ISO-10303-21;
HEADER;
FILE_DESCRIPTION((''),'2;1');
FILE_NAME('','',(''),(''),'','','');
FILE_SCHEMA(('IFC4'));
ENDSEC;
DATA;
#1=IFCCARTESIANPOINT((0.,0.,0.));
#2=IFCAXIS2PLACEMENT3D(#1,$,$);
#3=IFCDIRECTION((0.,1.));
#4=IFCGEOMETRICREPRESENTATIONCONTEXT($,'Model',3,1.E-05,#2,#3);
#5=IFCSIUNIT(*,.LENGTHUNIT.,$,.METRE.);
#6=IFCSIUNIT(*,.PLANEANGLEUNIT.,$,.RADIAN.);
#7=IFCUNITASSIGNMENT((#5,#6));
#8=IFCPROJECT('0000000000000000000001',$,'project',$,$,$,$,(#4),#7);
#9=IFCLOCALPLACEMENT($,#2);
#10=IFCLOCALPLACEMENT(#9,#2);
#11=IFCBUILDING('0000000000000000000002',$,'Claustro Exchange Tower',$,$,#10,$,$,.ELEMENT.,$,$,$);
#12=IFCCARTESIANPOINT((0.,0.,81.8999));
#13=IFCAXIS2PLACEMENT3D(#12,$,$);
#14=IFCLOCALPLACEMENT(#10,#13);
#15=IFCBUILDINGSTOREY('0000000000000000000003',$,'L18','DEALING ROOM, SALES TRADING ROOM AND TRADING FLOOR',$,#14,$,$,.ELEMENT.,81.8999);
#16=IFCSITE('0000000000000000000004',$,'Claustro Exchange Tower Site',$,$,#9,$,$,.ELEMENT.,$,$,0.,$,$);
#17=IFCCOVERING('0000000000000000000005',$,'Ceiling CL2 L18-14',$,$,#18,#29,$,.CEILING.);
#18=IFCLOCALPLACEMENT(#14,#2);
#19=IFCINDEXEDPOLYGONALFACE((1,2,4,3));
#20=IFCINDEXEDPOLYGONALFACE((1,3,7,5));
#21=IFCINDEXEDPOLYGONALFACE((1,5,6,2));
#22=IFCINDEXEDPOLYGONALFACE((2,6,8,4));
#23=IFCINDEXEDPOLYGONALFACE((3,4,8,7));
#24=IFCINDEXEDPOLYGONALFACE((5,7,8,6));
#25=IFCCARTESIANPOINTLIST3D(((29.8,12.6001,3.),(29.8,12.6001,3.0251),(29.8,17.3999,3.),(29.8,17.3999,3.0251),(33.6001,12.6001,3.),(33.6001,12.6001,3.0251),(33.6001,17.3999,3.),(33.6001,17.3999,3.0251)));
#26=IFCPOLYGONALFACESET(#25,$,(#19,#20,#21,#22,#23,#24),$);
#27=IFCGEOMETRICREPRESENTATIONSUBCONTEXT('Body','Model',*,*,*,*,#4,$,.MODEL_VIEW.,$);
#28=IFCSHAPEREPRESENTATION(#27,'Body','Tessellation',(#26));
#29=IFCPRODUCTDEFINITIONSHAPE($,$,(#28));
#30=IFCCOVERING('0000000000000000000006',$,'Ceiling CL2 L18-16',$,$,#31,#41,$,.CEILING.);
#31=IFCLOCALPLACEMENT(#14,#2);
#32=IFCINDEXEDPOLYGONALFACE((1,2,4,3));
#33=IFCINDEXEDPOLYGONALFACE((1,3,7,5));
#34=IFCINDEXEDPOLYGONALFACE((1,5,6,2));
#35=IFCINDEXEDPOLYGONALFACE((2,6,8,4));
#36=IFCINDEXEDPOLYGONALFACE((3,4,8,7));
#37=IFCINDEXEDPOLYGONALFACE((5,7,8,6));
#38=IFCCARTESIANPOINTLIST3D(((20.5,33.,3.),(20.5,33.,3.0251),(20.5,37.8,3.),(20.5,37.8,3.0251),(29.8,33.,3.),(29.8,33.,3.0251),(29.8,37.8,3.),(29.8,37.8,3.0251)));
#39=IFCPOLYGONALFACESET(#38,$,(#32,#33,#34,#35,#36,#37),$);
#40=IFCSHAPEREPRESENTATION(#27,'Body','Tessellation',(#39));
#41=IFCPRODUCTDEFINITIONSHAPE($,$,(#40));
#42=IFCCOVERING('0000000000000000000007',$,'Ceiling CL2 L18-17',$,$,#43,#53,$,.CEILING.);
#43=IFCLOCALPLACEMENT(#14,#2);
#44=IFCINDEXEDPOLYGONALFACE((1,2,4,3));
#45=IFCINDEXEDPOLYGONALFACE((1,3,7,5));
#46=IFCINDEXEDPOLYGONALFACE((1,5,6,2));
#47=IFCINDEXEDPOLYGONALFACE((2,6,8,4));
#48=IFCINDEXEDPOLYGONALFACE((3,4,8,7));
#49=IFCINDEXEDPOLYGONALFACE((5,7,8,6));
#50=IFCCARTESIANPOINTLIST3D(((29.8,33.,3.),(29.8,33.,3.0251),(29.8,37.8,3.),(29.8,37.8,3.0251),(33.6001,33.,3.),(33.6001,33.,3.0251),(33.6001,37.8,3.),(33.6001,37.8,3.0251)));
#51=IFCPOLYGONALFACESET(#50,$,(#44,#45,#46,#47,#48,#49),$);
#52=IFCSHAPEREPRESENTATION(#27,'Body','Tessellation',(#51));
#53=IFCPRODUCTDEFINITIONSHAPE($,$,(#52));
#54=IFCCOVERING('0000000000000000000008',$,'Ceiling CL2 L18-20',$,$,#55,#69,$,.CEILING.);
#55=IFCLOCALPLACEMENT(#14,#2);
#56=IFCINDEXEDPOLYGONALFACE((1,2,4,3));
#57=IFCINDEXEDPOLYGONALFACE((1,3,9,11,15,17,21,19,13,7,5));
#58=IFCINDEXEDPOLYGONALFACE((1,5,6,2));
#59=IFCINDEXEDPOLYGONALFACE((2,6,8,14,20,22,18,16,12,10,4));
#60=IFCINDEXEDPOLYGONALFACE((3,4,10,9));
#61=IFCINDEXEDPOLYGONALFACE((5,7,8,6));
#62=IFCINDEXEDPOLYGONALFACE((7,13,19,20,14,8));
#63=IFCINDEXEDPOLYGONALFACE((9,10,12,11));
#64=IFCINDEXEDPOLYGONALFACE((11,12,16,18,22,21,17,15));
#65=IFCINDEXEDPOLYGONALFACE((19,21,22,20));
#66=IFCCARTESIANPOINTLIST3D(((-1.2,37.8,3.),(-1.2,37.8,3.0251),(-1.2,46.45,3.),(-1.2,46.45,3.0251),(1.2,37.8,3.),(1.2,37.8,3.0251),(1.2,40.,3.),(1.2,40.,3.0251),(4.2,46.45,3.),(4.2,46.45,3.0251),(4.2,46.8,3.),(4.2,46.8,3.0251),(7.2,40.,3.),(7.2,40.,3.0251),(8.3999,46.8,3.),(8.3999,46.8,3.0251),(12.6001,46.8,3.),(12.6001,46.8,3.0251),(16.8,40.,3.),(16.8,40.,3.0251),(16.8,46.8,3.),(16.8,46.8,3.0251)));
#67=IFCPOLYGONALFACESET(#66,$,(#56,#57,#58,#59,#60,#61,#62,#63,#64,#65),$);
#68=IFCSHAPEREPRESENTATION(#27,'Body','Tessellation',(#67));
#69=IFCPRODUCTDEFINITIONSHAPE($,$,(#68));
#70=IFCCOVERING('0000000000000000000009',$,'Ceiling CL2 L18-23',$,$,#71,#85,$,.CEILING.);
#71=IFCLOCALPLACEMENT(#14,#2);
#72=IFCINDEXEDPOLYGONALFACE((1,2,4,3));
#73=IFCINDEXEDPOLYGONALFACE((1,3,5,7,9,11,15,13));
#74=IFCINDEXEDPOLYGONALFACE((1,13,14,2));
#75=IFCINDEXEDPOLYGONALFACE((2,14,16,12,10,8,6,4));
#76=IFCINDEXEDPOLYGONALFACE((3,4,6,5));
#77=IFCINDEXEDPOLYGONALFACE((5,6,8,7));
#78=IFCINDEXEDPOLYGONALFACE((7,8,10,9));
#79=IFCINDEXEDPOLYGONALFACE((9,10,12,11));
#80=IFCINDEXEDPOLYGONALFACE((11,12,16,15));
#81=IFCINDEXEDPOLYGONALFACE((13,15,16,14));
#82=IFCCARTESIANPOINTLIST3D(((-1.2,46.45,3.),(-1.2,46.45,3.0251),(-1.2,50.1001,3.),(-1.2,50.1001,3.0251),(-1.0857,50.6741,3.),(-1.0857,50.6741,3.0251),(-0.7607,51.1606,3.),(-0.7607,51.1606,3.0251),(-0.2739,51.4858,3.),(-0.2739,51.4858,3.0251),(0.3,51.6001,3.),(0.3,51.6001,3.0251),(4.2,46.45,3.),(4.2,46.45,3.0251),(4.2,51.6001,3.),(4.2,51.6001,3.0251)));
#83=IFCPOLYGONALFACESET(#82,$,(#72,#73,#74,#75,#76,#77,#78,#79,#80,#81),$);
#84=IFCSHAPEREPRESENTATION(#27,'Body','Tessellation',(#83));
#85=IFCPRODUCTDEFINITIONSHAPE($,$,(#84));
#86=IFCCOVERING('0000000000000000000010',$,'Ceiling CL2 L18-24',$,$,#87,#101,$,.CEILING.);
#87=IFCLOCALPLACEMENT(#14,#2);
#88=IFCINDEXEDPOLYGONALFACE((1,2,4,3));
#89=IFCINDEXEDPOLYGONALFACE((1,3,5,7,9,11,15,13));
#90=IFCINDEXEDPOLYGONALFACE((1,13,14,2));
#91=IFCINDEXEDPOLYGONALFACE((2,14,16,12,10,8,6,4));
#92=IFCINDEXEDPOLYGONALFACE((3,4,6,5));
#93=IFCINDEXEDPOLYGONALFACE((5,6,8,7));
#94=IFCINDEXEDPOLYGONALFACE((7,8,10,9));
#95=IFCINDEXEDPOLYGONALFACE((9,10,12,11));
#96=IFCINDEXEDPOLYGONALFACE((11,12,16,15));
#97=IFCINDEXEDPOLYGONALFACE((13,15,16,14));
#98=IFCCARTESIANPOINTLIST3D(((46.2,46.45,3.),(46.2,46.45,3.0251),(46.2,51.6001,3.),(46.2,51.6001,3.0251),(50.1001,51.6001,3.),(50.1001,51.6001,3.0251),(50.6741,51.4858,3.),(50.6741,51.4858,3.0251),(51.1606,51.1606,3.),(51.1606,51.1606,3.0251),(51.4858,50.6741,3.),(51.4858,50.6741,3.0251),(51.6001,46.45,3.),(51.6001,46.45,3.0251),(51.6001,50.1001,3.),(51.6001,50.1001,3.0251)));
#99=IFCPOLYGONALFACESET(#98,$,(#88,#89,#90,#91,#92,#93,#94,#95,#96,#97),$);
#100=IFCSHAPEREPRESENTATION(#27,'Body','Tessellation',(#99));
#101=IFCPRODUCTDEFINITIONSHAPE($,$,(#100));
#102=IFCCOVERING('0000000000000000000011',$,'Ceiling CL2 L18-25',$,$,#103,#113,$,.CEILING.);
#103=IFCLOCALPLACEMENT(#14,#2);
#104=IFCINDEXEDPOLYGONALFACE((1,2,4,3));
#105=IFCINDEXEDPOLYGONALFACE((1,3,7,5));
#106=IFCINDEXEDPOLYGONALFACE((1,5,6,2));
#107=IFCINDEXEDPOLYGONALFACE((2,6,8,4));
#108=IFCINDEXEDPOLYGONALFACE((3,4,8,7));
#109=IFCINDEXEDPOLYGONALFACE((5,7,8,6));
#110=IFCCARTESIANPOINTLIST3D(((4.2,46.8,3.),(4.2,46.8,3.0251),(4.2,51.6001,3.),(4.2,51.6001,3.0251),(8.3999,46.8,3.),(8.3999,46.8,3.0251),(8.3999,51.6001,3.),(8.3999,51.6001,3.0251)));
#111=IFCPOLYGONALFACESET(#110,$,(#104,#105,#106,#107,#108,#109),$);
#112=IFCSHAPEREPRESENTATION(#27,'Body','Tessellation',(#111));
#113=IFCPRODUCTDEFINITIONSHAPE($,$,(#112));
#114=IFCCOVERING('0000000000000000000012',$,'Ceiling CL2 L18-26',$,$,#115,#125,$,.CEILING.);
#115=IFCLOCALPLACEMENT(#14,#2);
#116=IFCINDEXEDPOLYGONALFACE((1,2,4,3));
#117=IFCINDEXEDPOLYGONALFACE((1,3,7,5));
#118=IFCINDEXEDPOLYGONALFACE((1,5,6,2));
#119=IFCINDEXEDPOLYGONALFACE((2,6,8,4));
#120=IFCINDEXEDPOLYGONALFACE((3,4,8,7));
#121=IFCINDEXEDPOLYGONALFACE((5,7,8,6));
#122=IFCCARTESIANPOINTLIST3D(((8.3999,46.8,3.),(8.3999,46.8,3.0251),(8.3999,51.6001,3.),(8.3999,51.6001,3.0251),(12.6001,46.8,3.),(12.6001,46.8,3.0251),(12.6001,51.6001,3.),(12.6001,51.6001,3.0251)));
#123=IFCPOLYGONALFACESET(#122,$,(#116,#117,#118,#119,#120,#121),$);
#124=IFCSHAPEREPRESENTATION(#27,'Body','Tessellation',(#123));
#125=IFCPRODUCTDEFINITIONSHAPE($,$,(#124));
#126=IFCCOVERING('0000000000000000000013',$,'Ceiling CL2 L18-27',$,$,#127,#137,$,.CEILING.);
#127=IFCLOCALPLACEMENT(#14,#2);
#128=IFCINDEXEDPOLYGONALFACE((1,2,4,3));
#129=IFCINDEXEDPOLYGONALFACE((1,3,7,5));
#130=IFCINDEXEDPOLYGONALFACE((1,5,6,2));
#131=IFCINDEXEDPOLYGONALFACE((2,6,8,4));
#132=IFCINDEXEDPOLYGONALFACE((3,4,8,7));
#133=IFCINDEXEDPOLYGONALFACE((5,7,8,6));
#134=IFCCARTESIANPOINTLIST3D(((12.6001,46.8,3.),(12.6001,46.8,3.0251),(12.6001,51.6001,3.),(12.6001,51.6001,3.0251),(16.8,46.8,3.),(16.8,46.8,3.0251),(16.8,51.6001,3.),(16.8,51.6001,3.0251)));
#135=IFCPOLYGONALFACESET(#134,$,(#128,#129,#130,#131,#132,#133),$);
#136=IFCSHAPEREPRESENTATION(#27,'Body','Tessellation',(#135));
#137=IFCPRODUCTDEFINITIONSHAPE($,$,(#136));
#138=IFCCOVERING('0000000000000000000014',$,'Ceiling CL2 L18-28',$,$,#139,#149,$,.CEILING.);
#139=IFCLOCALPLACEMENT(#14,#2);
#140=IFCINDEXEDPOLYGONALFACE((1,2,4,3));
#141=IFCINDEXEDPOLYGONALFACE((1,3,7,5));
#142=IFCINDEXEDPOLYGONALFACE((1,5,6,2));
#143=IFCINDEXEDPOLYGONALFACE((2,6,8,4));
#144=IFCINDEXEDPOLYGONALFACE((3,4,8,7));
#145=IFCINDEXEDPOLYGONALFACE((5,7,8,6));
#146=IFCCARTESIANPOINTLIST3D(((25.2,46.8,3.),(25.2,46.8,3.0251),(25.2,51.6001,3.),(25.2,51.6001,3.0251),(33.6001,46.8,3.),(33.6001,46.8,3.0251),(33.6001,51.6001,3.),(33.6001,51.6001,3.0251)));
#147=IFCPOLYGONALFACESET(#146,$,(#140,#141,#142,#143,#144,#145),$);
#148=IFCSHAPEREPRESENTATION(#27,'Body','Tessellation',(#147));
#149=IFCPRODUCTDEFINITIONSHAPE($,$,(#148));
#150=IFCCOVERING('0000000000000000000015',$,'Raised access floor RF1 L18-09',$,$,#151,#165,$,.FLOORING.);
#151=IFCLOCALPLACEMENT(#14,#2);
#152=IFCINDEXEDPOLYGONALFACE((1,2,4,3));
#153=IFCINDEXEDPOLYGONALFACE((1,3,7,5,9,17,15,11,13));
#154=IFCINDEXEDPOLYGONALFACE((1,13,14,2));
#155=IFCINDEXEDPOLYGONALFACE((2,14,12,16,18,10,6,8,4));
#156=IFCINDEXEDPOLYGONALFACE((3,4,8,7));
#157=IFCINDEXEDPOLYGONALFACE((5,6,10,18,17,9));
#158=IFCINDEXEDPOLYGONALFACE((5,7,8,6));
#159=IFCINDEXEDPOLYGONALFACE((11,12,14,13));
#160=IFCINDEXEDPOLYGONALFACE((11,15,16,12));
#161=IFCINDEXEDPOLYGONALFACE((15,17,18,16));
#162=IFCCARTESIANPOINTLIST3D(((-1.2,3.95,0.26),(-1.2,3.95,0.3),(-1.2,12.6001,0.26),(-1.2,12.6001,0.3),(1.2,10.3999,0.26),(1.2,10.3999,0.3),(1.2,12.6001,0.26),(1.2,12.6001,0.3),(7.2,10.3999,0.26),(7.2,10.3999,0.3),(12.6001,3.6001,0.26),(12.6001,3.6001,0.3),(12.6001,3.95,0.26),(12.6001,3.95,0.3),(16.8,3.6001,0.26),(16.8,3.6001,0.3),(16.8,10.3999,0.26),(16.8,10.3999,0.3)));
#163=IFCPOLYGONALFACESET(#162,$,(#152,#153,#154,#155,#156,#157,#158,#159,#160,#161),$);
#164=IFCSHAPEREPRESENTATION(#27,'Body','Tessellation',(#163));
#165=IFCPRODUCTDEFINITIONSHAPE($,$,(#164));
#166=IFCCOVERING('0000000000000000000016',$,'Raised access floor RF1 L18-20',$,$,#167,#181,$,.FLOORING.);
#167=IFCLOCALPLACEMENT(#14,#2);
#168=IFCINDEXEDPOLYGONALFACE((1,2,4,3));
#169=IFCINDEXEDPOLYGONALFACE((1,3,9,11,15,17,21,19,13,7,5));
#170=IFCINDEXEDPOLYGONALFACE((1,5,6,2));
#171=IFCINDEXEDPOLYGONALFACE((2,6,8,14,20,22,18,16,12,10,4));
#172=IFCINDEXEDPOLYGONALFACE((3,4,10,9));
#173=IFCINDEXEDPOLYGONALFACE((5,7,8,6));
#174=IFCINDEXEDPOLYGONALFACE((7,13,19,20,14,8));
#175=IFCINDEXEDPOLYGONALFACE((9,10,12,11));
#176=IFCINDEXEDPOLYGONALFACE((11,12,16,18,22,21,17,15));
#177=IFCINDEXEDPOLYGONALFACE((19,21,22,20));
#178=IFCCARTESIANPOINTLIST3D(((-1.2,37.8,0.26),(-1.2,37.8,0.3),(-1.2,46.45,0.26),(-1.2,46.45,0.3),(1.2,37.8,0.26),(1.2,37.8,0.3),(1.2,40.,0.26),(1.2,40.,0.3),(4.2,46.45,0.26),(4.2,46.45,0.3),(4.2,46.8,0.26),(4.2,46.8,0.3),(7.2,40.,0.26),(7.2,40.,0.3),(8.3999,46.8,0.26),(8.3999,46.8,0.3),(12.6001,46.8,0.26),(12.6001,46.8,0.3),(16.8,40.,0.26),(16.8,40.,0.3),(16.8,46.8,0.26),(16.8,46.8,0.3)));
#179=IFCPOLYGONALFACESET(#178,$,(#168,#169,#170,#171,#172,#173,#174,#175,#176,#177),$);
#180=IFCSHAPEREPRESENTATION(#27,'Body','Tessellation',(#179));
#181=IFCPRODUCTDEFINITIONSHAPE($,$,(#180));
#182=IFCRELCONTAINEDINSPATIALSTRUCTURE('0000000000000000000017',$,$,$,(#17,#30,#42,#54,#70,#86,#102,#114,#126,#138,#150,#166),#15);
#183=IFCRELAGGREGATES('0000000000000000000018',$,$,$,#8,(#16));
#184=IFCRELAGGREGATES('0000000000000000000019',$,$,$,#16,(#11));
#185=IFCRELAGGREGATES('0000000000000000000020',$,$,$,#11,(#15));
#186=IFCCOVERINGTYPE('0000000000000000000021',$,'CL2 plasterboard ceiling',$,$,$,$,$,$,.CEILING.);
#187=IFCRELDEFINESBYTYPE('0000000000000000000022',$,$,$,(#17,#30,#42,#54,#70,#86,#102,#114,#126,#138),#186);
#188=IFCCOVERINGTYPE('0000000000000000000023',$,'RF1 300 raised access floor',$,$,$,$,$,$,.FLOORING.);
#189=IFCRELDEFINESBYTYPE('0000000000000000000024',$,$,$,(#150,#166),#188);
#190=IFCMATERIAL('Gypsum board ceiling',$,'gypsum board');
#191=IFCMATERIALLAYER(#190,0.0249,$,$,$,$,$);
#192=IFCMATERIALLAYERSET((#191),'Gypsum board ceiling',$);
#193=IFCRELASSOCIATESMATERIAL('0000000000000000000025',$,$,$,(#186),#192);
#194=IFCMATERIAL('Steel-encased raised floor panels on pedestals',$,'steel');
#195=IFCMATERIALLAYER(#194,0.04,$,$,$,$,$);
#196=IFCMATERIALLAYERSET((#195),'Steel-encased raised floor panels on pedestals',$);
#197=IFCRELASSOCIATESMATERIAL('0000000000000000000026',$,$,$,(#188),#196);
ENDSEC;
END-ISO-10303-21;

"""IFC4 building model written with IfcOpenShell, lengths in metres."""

from ifc_helpers import new_model, si_unit, direction, frame, origin, place, context, subcontext, project, spatial, polyline, outline, extrude, material, layer, layer_set, type_object, element, save


model = new_model("IFC4")

# Units and contexts
model_context = context("Model", 3, precision=1e-05, world=origin(), true_north=direction((0.0, 1.0)))
body_context = subcontext(model_context, "Body", "Model", "MODEL_VIEW")
ifc_project = project(units=[si_unit("LENGTHUNIT", "METRE"), si_unit("PLANEANGLEUNIT", "RADIAN")], contexts=[model_context])

# Site, building, storey
site_placement = place(None, origin())
site = spatial("IfcSite", under=ifc_project, at=site_placement, Name="Claustro Exchange Tower Site", CompositionType="ELEMENT", RefElevation=0.0)
building_placement = place(site_placement, origin())
building = spatial("IfcBuilding", under=site, at=building_placement, Name="Claustro Exchange Tower", CompositionType="ELEMENT")
storey_placement = place(building_placement, frame((0.0, 0.0, 81.8999)))
storey = spatial("IfcBuildingStorey", under=building, at=storey_placement, Name="L18", Description="DEALING ROOM, SALES TRADING ROOM AND TRADING FLOOR", CompositionType="ELEMENT", Elevation=81.8999)

# Coverings
ifc_material_1 = material(Name="Gypsum board ceiling", Category="gypsum board")
ifc_layer_1 = layer(ifc_material_1, 0.0249)
ifc_layer_set_1 = layer_set([ifc_layer_1], Name="Gypsum board ceiling")
covering_type_1 = type_object("IfcCoveringType", Name="CL2 plasterboard ceiling", PredefinedType="CEILING", material=ifc_layer_set_1)
covering_1_placement = place(storey_placement, frame((0.0, 0.0, 3.0)))
element("IfcCovering", 1, at=covering_1_placement, inside=storey, type_object=covering_type_1, Name="Ceiling CL2 L18-14", PredefinedType="CEILING", context=body_context, shape_type="SweptSolid", body=[
    extrude(outline(polyline([(33.6001, 17.3999), (29.8, 17.3999), (29.8, 12.6001), (33.6001, 12.6001), (33.6001, 17.3999)])), origin(), (0.0, 0.0, 1.0), 0.0251),
])
covering_2_placement = place(storey_placement, frame((0.0, 0.0, 3.0)))
element("IfcCovering", 2, at=covering_2_placement, inside=storey, type_object=covering_type_1, Name="Ceiling CL2 L18-16", PredefinedType="CEILING", context=body_context, shape_type="SweptSolid", body=[
    extrude(outline(polyline([(20.5, 33.0), (29.8, 33.0), (29.8, 37.8), (20.5, 37.8), (20.5, 33.0)])), origin(), (0.0, 0.0, 1.0), 0.0251),
])
covering_3_placement = place(storey_placement, frame((0.0, 0.0, 3.0)))
element("IfcCovering", 3, at=covering_3_placement, inside=storey, type_object=covering_type_1, Name="Ceiling CL2 L18-17", PredefinedType="CEILING", context=body_context, shape_type="SweptSolid", body=[
    extrude(outline(polyline([(33.6001, 33.0), (33.6001, 37.8), (29.8, 37.8), (29.8, 33.0), (33.6001, 33.0)])), origin(), (0.0, 0.0, 1.0), 0.0251),
])
covering_4_placement = place(storey_placement, frame((0.0, 0.0, 3.0)))
element("IfcCovering", 4, at=covering_4_placement, inside=storey, type_object=covering_type_1, Name="Ceiling CL2 L18-20", PredefinedType="CEILING", context=body_context, shape_type="SweptSolid", body=[
    extrude(outline(polyline([(-1.2, 46.45), (-1.2, 37.8), (1.2, 37.8), (1.2, 40.0), (7.2, 40.0), (16.8, 40.0), (16.8, 46.8), (12.6001, 46.8), (8.3999, 46.8), (4.2, 46.8), (4.2, 46.45), (-1.2, 46.45)])), origin(), (0.0, 0.0, 1.0), 0.0251),
])
covering_5_placement = place(storey_placement, frame((0.0, 0.0, 3.0)))
element("IfcCovering", 5, at=covering_5_placement, inside=storey, type_object=covering_type_1, Name="Ceiling CL2 L18-23", PredefinedType="CEILING", context=body_context, shape_type="SweptSolid", body=[
    extrude(outline(polyline([(-1.2, 50.1001), (-1.2, 46.45), (4.2, 46.45), (4.2, 51.6001), (0.3, 51.6001), (-0.2739, 51.4858), (-0.7607, 51.1606), (-1.0857, 50.6741), (-1.2, 50.1001)])), origin(), (0.0, 0.0, 1.0), 0.0251),
])
covering_6_placement = place(storey_placement, frame((0.0, 0.0, 3.0)))
element("IfcCovering", 6, at=covering_6_placement, inside=storey, type_object=covering_type_1, Name="Ceiling CL2 L18-24", PredefinedType="CEILING", context=body_context, shape_type="SweptSolid", body=[
    extrude(outline(polyline([(50.1001, 51.6001), (46.2, 51.6001), (46.2, 46.45), (51.6001, 46.45), (51.6001, 50.1001), (51.4858, 50.6741), (51.1606, 51.1606), (50.6741, 51.4858), (50.1001, 51.6001)])), origin(), (0.0, 0.0, 1.0), 0.0251),
])
covering_7_placement = place(storey_placement, frame((0.0, 0.0, 3.0)))
element("IfcCovering", 7, at=covering_7_placement, inside=storey, type_object=covering_type_1, Name="Ceiling CL2 L18-25", PredefinedType="CEILING", context=body_context, shape_type="SweptSolid", body=[
    extrude(outline(polyline([(8.3999, 51.6001), (4.2, 51.6001), (4.2, 46.8), (8.3999, 46.8), (8.3999, 51.6001)])), origin(), (0.0, 0.0, 1.0), 0.0251),
])
covering_8_placement = place(storey_placement, frame((0.0, 0.0, 3.0)))
element("IfcCovering", 8, at=covering_8_placement, inside=storey, type_object=covering_type_1, Name="Ceiling CL2 L18-26", PredefinedType="CEILING", context=body_context, shape_type="SweptSolid", body=[
    extrude(outline(polyline([(12.6001, 51.6001), (8.3999, 51.6001), (8.3999, 46.8), (12.6001, 46.8), (12.6001, 51.6001)])), origin(), (0.0, 0.0, 1.0), 0.0251),
])
covering_9_placement = place(storey_placement, frame((0.0, 0.0, 3.0)))
element("IfcCovering", 9, at=covering_9_placement, inside=storey, type_object=covering_type_1, Name="Ceiling CL2 L18-27", PredefinedType="CEILING", context=body_context, shape_type="SweptSolid", body=[
    extrude(outline(polyline([(16.8, 51.6001), (12.6001, 51.6001), (12.6001, 46.8), (16.8, 46.8), (16.8, 51.6001)])), origin(), (0.0, 0.0, 1.0), 0.0251),
])
covering_10_placement = place(storey_placement, frame((0.0, 0.0, 3.0)))
element("IfcCovering", 10, at=covering_10_placement, inside=storey, type_object=covering_type_1, Name="Ceiling CL2 L18-28", PredefinedType="CEILING", context=body_context, shape_type="SweptSolid", body=[
    extrude(outline(polyline([(33.6001, 51.6001), (25.2, 51.6001), (25.2, 46.8), (33.6001, 46.8), (33.6001, 51.6001)])), origin(), (0.0, 0.0, 1.0), 0.0251),
])
ifc_material_2 = material(Name="Steel-encased raised floor panels on pedestals", Category="steel")
ifc_layer_2 = layer(ifc_material_2, 0.04)
ifc_layer_set_2 = layer_set([ifc_layer_2], Name="Steel-encased raised floor panels on pedestals")
covering_type_2 = type_object("IfcCoveringType", Name="RF1 300 raised access floor", PredefinedType="FLOORING", material=ifc_layer_set_2)
covering_11_placement = place(storey_placement, frame((0.0, 0.0, 0.26)))
element("IfcCovering", 11, at=covering_11_placement, inside=storey, type_object=covering_type_2, Name="Raised access floor RF1 L18-09", PredefinedType="FLOORING", context=body_context, shape_type="SweptSolid", body=[
    extrude(outline(polyline([(-1.2, 12.6001), (-1.2, 3.95), (12.6001, 3.95), (12.6001, 3.6001), (16.8, 3.6001), (16.8, 10.3999), (7.2, 10.3999), (1.2, 10.3999), (1.2, 12.6001), (-1.2, 12.6001)])), origin(), (0.0, 0.0, 1.0), 0.04),
])
covering_12_placement = place(storey_placement, frame((0.0, 0.0, 0.26)))
element("IfcCovering", 12, at=covering_12_placement, inside=storey, type_object=covering_type_2, Name="Raised access floor RF1 L18-20", PredefinedType="FLOORING", context=body_context, shape_type="SweptSolid", body=[
    extrude(outline(polyline([(-1.2, 46.45), (-1.2, 37.8), (1.2, 37.8), (1.2, 40.0), (7.2, 40.0), (16.8, 40.0), (16.8, 46.8), (12.6001, 46.8), (8.3999, 46.8), (4.2, 46.8), (4.2, 46.45), (-1.2, 46.45)])), origin(), (0.0, 0.0, 1.0), 0.04),
])

save(model, "model.ifc")
